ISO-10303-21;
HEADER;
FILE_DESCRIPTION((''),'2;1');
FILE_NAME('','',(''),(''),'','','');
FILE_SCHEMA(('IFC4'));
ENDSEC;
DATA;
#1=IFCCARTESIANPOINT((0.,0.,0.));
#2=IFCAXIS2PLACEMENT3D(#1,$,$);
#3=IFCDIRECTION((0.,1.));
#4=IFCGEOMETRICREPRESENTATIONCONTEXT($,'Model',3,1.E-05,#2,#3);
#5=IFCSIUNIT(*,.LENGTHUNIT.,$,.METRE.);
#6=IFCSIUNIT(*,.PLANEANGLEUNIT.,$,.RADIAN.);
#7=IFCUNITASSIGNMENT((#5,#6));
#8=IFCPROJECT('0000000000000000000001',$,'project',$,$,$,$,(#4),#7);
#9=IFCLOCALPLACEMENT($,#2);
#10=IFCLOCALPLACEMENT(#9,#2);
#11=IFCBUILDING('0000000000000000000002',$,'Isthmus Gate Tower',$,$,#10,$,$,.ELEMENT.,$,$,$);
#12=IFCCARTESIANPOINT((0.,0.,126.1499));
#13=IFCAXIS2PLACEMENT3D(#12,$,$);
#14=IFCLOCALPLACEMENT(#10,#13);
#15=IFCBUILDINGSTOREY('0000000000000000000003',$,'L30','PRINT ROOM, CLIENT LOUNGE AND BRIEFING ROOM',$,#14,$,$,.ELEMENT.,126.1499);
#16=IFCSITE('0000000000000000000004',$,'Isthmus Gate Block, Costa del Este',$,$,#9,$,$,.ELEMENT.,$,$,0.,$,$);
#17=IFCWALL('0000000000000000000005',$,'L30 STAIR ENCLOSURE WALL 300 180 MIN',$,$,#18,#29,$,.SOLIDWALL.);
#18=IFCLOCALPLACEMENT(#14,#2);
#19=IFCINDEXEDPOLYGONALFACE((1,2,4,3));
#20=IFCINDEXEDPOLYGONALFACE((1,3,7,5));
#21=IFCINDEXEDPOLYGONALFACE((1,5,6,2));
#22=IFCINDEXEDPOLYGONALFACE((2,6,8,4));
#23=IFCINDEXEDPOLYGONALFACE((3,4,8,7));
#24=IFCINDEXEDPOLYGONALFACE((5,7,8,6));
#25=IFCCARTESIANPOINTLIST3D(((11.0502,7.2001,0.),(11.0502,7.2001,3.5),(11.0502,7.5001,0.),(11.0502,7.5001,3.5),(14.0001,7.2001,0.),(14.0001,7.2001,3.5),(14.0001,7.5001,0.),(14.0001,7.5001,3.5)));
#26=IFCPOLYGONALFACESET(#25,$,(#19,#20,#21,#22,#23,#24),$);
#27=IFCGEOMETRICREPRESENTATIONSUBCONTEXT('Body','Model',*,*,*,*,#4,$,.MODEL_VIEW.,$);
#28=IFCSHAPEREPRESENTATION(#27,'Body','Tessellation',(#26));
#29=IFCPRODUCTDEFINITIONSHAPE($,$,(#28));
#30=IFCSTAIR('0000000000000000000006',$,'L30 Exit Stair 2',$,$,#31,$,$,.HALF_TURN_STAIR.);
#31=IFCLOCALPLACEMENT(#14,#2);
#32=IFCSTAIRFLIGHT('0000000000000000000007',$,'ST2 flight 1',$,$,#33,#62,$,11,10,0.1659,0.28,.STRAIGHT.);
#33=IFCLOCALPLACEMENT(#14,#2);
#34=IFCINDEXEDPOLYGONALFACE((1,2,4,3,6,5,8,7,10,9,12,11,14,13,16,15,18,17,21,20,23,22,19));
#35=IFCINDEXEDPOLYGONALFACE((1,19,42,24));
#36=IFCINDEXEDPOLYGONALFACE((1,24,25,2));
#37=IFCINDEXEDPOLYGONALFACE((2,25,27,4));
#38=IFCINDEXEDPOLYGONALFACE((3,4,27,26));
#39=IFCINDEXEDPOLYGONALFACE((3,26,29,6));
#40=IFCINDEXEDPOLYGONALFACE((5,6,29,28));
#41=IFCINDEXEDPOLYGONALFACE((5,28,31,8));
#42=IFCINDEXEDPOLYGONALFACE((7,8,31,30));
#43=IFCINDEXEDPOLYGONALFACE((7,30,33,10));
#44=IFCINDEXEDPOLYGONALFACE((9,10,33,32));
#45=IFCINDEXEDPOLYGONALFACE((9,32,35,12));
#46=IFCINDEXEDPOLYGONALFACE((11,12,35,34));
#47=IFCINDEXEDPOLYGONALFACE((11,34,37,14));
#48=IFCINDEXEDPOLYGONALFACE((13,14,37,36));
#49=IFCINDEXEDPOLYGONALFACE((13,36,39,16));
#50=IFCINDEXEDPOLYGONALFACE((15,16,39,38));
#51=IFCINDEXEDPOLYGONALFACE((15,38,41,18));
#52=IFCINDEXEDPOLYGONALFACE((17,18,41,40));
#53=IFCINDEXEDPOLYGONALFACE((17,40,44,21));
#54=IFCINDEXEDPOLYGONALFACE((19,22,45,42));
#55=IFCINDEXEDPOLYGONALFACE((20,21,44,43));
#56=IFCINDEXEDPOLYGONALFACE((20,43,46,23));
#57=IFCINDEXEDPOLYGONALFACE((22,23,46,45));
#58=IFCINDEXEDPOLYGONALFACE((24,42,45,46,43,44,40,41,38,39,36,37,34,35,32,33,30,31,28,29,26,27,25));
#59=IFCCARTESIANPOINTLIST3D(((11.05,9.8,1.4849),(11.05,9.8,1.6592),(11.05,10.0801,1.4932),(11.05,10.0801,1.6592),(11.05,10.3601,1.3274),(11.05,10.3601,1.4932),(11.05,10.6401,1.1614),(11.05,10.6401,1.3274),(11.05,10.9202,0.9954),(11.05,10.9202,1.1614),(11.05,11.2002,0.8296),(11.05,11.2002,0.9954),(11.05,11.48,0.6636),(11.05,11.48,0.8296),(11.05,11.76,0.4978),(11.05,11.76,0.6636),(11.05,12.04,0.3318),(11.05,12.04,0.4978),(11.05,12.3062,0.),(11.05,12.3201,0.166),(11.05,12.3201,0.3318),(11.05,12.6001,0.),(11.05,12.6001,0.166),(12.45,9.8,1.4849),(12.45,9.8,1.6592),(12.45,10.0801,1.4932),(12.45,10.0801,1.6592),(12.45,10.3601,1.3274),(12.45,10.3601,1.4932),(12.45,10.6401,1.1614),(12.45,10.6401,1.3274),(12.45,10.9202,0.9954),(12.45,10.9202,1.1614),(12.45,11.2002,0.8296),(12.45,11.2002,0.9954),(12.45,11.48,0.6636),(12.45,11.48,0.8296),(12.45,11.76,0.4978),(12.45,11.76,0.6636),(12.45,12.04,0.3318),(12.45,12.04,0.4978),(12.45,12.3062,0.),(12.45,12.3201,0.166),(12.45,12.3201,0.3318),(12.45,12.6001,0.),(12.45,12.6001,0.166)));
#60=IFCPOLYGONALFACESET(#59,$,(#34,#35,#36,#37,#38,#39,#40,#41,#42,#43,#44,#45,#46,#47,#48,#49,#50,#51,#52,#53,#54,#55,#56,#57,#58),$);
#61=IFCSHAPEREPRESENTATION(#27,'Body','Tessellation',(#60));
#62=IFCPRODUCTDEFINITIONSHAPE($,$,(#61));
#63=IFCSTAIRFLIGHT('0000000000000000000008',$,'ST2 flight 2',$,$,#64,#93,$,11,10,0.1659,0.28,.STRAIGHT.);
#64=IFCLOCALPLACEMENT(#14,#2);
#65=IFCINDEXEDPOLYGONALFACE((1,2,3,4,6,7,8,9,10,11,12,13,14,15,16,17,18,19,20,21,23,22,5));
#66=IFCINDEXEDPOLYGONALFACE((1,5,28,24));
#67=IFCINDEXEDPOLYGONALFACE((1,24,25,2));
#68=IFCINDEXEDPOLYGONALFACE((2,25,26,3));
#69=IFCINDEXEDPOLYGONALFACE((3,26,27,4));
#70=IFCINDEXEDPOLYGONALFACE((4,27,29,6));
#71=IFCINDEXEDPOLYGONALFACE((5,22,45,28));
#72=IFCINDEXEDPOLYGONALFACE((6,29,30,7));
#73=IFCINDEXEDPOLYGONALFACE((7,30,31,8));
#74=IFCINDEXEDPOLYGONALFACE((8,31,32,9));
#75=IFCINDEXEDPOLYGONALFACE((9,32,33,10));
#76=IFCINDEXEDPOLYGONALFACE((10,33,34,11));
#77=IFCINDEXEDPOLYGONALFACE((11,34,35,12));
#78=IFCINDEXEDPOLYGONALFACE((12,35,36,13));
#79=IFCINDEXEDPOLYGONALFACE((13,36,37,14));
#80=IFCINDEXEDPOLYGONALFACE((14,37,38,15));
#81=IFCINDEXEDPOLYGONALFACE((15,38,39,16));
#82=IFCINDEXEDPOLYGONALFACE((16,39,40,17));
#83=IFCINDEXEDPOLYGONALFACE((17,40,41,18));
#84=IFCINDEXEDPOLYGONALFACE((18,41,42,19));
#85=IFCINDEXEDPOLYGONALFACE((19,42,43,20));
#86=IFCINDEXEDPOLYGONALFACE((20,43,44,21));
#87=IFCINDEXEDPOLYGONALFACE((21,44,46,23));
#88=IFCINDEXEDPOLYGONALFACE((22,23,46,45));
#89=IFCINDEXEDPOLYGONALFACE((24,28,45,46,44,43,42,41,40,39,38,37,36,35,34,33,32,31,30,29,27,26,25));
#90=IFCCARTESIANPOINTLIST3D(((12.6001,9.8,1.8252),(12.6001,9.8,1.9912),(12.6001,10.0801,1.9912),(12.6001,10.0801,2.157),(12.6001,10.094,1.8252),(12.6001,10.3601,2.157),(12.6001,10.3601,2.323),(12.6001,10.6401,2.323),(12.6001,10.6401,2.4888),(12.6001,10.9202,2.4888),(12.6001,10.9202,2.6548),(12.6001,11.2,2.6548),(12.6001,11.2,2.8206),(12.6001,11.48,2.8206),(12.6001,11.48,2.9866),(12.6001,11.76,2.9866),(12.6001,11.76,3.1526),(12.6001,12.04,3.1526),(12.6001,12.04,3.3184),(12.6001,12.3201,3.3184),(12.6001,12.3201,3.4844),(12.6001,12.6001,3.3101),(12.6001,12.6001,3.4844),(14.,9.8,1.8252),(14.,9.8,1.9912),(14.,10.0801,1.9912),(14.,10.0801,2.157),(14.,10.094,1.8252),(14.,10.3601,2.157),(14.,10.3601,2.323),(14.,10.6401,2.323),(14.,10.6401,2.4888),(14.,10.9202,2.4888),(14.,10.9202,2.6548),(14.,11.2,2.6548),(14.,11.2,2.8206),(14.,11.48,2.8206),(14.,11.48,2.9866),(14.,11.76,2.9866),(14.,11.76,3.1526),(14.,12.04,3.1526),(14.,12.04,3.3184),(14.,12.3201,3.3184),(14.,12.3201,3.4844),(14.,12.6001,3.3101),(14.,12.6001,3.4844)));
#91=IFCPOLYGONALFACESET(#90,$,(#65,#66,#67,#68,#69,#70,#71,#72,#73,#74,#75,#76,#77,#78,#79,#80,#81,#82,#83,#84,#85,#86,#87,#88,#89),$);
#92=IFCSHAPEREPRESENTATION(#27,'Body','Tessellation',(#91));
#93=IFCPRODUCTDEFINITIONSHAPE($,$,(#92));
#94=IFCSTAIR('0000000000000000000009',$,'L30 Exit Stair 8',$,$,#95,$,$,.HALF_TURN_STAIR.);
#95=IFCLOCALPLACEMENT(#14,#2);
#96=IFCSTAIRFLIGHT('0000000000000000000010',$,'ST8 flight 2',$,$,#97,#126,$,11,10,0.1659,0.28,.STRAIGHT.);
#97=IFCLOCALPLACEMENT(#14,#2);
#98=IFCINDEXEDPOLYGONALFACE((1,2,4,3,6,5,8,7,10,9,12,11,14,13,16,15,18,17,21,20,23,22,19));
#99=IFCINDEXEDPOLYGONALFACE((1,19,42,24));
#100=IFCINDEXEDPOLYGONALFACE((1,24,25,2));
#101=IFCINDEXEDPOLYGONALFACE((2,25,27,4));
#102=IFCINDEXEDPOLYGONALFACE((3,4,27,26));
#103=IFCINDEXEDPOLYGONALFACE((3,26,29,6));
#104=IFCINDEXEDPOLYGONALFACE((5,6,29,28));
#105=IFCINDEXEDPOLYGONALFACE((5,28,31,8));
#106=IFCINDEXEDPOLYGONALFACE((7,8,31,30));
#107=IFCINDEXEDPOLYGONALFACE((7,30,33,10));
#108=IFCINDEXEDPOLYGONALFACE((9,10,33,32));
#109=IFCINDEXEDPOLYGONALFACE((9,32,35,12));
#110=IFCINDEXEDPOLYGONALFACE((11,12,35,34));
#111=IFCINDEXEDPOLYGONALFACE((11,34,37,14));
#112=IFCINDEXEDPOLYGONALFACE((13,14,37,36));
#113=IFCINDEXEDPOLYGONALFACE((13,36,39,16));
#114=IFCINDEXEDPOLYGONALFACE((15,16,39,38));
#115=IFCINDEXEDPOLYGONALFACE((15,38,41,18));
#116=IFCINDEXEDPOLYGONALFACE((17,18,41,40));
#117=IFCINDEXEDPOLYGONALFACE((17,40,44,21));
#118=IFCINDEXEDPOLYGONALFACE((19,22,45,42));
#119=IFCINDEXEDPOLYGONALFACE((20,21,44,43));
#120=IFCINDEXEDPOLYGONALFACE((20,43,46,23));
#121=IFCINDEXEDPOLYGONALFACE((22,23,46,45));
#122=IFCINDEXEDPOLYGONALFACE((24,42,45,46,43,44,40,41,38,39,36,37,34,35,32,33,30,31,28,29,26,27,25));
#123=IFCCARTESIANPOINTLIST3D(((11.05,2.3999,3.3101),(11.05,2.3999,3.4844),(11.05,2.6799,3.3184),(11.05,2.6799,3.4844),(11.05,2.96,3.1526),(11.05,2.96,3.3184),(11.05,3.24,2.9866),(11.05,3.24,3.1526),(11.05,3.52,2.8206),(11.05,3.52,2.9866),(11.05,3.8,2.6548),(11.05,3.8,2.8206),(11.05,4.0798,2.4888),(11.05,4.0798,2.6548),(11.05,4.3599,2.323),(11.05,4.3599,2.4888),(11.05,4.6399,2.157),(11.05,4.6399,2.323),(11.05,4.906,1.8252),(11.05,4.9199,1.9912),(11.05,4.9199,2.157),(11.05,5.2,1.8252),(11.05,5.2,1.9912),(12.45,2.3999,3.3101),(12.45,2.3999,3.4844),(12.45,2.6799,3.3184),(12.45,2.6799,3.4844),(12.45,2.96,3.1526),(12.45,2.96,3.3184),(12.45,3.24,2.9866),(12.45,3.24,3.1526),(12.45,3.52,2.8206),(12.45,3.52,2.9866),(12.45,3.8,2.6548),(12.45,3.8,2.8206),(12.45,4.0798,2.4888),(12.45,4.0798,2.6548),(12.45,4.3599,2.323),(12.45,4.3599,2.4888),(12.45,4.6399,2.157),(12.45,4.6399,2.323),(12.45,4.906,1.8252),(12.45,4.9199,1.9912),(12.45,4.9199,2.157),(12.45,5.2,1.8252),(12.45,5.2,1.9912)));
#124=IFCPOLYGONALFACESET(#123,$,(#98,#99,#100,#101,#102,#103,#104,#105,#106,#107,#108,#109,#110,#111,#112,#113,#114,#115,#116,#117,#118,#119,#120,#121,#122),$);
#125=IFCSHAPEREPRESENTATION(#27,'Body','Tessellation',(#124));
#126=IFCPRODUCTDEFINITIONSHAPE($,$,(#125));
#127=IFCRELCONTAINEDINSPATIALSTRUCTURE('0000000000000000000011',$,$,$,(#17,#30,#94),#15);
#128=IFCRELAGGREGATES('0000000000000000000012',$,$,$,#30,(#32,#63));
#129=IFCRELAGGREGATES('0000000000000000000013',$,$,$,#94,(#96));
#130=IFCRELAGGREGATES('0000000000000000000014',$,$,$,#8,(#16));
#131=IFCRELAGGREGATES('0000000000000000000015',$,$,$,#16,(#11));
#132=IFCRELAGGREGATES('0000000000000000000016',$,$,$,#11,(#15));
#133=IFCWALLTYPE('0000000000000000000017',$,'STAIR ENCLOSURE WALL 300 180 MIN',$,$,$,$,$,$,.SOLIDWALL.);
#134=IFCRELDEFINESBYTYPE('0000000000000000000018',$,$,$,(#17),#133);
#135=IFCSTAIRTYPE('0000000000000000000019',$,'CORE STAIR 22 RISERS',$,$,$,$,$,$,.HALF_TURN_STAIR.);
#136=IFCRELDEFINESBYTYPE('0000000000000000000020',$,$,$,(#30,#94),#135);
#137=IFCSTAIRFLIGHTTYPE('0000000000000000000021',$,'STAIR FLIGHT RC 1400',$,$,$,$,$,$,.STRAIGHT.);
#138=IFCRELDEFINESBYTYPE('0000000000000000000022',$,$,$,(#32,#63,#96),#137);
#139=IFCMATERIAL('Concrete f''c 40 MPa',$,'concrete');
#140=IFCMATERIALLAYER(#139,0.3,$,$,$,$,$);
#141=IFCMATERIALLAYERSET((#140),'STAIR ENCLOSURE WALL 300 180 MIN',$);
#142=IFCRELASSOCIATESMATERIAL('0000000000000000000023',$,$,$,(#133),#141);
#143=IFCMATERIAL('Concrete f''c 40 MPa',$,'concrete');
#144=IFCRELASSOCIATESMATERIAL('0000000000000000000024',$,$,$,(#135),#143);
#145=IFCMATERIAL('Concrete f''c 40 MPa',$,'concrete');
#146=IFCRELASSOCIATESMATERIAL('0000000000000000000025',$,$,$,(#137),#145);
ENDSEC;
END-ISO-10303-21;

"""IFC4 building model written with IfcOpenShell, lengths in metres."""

from ifc_helpers import new_model, si_unit, direction, frame, frame_2d, origin, place, context, subcontext, project, spatial, polyline, rectangle, outline, extrude, material, layer, layer_set, type_object, element, aggregate, save


model = new_model("IFC4")

# Units and contexts
model_context = context("Model", 3, precision=1e-05, world=origin(), true_north=direction((0.0, 1.0)))
body_context = subcontext(model_context, "Body", "Model", "MODEL_VIEW")
ifc_project = project(units=[si_unit("LENGTHUNIT", "METRE"), si_unit("PLANEANGLEUNIT", "RADIAN")], contexts=[model_context])

# Site, building, storey
site_placement = place(None, origin())
site = spatial("IfcSite", under=ifc_project, at=site_placement, Name="Isthmus Gate Block, Costa del Este", CompositionType="ELEMENT", RefElevation=0.0)
building_placement = place(site_placement, origin())
building = spatial("IfcBuilding", under=site, at=building_placement, Name="Isthmus Gate Tower", CompositionType="ELEMENT")
storey_placement = place(building_placement, frame((0.0, 0.0, 126.1499)))
storey = spatial("IfcBuildingStorey", under=building, at=storey_placement, Name="L30", Description="PRINT ROOM, CLIENT LOUNGE AND BRIEFING ROOM", CompositionType="ELEMENT", Elevation=126.1499)

# Wall
ifc_material_1 = material(Name="Concrete f'c 40 MPa", Category="concrete")
ifc_layer_1 = layer(ifc_material_1, 0.3)
ifc_layer_set_1 = layer_set([ifc_layer_1], Name="STAIR ENCLOSURE WALL 300 180 MIN")
wall_type_1 = type_object("IfcWallType", Name="STAIR ENCLOSURE WALL 300 180 MIN", PredefinedType="SOLIDWALL", material=ifc_layer_set_1)
wall_1_placement = place(storey_placement, frame((11.05, 7.3501, 0.0), z_axis=(0.0, 0.0, 1.0), x_axis=(1.0, 0.0, 0.0)))
element("IfcWall", 1, at=wall_1_placement, inside=storey, type_object=wall_type_1, Name="L30 STAIR ENCLOSURE WALL 300 180 MIN", PredefinedType="SOLIDWALL", context=body_context, shape_type="SweptSolid", body=[
    extrude(rectangle(XDim=2.95, YDim=0.3, at=frame_2d((1.4751, 0.0))), origin(), (0.0, 0.0, 1.0), 3.5),
])

# Stair, stair flights
ifc_material_2 = material(Name="Concrete f'c 40 MPa", Category="concrete")
stair_type = type_object("IfcStairType", Name="CORE STAIR 22 RISERS", PredefinedType="HALF_TURN_STAIR", material=ifc_material_2)
stair_1_placement = place(storey_placement, origin())
stair_1 = element("IfcStair", 2, at=stair_1_placement, inside=storey, type_object=stair_type, Name="L30 Exit Stair 2", PredefinedType="HALF_TURN_STAIR")
ifc_material_3 = material(Name="Concrete f'c 40 MPa", Category="concrete")
stair_flight_type = type_object("IfcStairFlightType", Name="STAIR FLIGHT RC 1400", PredefinedType="STRAIGHT", material=ifc_material_3)
stair_flight_1_placement = place(storey_placement, frame((11.75, 12.6001, 0.0), z_axis=(0.0, 0.0, 1.0), x_axis=(0.0, -1.0, 0.0)))
stair_flight_1 = element("IfcStairFlight", 3, at=stair_flight_1_placement, type_object=stair_flight_type, Name="ST2 flight 1", NumberOfRisers=11, NumberOfTreads=10, PredefinedType="STRAIGHT", RiserHeight=0.1659, TreadLength=0.28, context=body_context, shape_type="SweptSolid", body=[
    extrude(outline(polyline([(0.0, 0.0), (0.0, 0.166), (0.28, 0.166), (0.28, 0.3318), (0.5601, 0.3318), (0.5601, 0.4978), (0.8401, 0.4978), (0.8401, 0.6636), (1.1201, 0.6636), (1.1201, 0.8296), (1.3999, 0.8296), (1.3999, 0.9954), (1.6799, 0.9954), (1.6799, 1.1614), (1.96, 1.1614), (1.96, 1.3274), (2.24, 1.3274), (2.24, 1.4932), (2.52, 1.4932), (2.52, 1.6592), (2.8, 1.6592), (2.8, 1.825), (2.8, 1.4849), (0.2939, 0.0), (0.0, 0.0)])), frame((0.0, 0.7, 0.0), z_axis=(0.0, -1.0, 0.0), x_axis=(1.0, 0.0, 0.0)), (0.0, 0.0, 1.0), 1.3999),
])
stair_flight_2_placement = place(storey_placement, frame((13.3, 9.8, 1.8252), z_axis=(0.0, 0.0, 1.0), x_axis=(0.0, 1.0, 0.0)))
stair_flight_2 = element("IfcStairFlight", 4, at=stair_flight_2_placement, type_object=stair_flight_type, Name="ST2 flight 2", NumberOfRisers=11, NumberOfTreads=10, PredefinedType="STRAIGHT", RiserHeight=0.1659, TreadLength=0.28, context=body_context, shape_type="SweptSolid", body=[
    extrude(outline(polyline([(0.0, 0.0), (0.0, 0.166), (0.28, 0.166), (0.28, 0.3318), (0.5601, 0.3318), (0.5601, 0.4978), (0.8401, 0.4978), (0.8401, 0.6636), (1.1201, 0.6636), (1.1201, 0.8296), (1.3999, 0.8296), (1.3999, 0.9954), (1.6799, 0.9954), (1.6799, 1.1614), (1.96, 1.1614), (1.96, 1.3274), (2.24, 1.3274), (2.24, 1.4932), (2.52, 1.4932), (2.52, 1.6592), (2.8, 1.6592), (2.8, 1.825), (2.8, 1.4849), (0.2939, 0.0), (0.0, 0.0)])), frame((0.0, 0.7, 0.0), z_axis=(0.0, -1.0, 0.0), x_axis=(1.0, 0.0, 0.0)), (0.0, 0.0, 1.0), 1.3999),
])
aggregate(stair_1, [stair_flight_1, stair_flight_2])

# Stair, stair flight
stair_2_placement = place(storey_placement, origin())
stair_2 = element("IfcStair", 5, at=stair_2_placement, inside=storey, type_object=stair_type, Name="L30 Exit Stair 8", PredefinedType="HALF_TURN_STAIR")
stair_flight_3_placement = place(storey_placement, frame((11.75, 5.2, 1.8252), z_axis=(0.0, 0.0, 1.0), x_axis=(0.0, -1.0, 0.0)))
stair_flight_3 = element("IfcStairFlight", 6, at=stair_flight_3_placement, type_object=stair_flight_type, Name="ST8 flight 2", NumberOfRisers=11, NumberOfTreads=10, PredefinedType="STRAIGHT", RiserHeight=0.1659, TreadLength=0.28, context=body_context, shape_type="SweptSolid", body=[
    extrude(outline(polyline([(0.0, 0.0), (0.0, 0.166), (0.28, 0.166), (0.28, 0.3318), (0.5601, 0.3318), (0.5601, 0.4978), (0.8401, 0.4978), (0.8401, 0.6636), (1.1201, 0.6636), (1.1201, 0.8296), (1.3999, 0.8296), (1.3999, 0.9954), (1.6799, 0.9954), (1.6799, 1.1614), (1.96, 1.1614), (1.96, 1.3274), (2.24, 1.3274), (2.24, 1.4932), (2.52, 1.4932), (2.52, 1.6592), (2.8, 1.6592), (2.8, 1.825), (2.8, 1.4849), (0.2939, 0.0), (0.0, 0.0)])), frame((0.0, 0.7, 0.0), z_axis=(0.0, -1.0, 0.0), x_axis=(1.0, 0.0, 0.0)), (0.0, 0.0, 1.0), 1.3999),
])
aggregate(stair_2, [stair_flight_3])

save(model, "model.ifc")
